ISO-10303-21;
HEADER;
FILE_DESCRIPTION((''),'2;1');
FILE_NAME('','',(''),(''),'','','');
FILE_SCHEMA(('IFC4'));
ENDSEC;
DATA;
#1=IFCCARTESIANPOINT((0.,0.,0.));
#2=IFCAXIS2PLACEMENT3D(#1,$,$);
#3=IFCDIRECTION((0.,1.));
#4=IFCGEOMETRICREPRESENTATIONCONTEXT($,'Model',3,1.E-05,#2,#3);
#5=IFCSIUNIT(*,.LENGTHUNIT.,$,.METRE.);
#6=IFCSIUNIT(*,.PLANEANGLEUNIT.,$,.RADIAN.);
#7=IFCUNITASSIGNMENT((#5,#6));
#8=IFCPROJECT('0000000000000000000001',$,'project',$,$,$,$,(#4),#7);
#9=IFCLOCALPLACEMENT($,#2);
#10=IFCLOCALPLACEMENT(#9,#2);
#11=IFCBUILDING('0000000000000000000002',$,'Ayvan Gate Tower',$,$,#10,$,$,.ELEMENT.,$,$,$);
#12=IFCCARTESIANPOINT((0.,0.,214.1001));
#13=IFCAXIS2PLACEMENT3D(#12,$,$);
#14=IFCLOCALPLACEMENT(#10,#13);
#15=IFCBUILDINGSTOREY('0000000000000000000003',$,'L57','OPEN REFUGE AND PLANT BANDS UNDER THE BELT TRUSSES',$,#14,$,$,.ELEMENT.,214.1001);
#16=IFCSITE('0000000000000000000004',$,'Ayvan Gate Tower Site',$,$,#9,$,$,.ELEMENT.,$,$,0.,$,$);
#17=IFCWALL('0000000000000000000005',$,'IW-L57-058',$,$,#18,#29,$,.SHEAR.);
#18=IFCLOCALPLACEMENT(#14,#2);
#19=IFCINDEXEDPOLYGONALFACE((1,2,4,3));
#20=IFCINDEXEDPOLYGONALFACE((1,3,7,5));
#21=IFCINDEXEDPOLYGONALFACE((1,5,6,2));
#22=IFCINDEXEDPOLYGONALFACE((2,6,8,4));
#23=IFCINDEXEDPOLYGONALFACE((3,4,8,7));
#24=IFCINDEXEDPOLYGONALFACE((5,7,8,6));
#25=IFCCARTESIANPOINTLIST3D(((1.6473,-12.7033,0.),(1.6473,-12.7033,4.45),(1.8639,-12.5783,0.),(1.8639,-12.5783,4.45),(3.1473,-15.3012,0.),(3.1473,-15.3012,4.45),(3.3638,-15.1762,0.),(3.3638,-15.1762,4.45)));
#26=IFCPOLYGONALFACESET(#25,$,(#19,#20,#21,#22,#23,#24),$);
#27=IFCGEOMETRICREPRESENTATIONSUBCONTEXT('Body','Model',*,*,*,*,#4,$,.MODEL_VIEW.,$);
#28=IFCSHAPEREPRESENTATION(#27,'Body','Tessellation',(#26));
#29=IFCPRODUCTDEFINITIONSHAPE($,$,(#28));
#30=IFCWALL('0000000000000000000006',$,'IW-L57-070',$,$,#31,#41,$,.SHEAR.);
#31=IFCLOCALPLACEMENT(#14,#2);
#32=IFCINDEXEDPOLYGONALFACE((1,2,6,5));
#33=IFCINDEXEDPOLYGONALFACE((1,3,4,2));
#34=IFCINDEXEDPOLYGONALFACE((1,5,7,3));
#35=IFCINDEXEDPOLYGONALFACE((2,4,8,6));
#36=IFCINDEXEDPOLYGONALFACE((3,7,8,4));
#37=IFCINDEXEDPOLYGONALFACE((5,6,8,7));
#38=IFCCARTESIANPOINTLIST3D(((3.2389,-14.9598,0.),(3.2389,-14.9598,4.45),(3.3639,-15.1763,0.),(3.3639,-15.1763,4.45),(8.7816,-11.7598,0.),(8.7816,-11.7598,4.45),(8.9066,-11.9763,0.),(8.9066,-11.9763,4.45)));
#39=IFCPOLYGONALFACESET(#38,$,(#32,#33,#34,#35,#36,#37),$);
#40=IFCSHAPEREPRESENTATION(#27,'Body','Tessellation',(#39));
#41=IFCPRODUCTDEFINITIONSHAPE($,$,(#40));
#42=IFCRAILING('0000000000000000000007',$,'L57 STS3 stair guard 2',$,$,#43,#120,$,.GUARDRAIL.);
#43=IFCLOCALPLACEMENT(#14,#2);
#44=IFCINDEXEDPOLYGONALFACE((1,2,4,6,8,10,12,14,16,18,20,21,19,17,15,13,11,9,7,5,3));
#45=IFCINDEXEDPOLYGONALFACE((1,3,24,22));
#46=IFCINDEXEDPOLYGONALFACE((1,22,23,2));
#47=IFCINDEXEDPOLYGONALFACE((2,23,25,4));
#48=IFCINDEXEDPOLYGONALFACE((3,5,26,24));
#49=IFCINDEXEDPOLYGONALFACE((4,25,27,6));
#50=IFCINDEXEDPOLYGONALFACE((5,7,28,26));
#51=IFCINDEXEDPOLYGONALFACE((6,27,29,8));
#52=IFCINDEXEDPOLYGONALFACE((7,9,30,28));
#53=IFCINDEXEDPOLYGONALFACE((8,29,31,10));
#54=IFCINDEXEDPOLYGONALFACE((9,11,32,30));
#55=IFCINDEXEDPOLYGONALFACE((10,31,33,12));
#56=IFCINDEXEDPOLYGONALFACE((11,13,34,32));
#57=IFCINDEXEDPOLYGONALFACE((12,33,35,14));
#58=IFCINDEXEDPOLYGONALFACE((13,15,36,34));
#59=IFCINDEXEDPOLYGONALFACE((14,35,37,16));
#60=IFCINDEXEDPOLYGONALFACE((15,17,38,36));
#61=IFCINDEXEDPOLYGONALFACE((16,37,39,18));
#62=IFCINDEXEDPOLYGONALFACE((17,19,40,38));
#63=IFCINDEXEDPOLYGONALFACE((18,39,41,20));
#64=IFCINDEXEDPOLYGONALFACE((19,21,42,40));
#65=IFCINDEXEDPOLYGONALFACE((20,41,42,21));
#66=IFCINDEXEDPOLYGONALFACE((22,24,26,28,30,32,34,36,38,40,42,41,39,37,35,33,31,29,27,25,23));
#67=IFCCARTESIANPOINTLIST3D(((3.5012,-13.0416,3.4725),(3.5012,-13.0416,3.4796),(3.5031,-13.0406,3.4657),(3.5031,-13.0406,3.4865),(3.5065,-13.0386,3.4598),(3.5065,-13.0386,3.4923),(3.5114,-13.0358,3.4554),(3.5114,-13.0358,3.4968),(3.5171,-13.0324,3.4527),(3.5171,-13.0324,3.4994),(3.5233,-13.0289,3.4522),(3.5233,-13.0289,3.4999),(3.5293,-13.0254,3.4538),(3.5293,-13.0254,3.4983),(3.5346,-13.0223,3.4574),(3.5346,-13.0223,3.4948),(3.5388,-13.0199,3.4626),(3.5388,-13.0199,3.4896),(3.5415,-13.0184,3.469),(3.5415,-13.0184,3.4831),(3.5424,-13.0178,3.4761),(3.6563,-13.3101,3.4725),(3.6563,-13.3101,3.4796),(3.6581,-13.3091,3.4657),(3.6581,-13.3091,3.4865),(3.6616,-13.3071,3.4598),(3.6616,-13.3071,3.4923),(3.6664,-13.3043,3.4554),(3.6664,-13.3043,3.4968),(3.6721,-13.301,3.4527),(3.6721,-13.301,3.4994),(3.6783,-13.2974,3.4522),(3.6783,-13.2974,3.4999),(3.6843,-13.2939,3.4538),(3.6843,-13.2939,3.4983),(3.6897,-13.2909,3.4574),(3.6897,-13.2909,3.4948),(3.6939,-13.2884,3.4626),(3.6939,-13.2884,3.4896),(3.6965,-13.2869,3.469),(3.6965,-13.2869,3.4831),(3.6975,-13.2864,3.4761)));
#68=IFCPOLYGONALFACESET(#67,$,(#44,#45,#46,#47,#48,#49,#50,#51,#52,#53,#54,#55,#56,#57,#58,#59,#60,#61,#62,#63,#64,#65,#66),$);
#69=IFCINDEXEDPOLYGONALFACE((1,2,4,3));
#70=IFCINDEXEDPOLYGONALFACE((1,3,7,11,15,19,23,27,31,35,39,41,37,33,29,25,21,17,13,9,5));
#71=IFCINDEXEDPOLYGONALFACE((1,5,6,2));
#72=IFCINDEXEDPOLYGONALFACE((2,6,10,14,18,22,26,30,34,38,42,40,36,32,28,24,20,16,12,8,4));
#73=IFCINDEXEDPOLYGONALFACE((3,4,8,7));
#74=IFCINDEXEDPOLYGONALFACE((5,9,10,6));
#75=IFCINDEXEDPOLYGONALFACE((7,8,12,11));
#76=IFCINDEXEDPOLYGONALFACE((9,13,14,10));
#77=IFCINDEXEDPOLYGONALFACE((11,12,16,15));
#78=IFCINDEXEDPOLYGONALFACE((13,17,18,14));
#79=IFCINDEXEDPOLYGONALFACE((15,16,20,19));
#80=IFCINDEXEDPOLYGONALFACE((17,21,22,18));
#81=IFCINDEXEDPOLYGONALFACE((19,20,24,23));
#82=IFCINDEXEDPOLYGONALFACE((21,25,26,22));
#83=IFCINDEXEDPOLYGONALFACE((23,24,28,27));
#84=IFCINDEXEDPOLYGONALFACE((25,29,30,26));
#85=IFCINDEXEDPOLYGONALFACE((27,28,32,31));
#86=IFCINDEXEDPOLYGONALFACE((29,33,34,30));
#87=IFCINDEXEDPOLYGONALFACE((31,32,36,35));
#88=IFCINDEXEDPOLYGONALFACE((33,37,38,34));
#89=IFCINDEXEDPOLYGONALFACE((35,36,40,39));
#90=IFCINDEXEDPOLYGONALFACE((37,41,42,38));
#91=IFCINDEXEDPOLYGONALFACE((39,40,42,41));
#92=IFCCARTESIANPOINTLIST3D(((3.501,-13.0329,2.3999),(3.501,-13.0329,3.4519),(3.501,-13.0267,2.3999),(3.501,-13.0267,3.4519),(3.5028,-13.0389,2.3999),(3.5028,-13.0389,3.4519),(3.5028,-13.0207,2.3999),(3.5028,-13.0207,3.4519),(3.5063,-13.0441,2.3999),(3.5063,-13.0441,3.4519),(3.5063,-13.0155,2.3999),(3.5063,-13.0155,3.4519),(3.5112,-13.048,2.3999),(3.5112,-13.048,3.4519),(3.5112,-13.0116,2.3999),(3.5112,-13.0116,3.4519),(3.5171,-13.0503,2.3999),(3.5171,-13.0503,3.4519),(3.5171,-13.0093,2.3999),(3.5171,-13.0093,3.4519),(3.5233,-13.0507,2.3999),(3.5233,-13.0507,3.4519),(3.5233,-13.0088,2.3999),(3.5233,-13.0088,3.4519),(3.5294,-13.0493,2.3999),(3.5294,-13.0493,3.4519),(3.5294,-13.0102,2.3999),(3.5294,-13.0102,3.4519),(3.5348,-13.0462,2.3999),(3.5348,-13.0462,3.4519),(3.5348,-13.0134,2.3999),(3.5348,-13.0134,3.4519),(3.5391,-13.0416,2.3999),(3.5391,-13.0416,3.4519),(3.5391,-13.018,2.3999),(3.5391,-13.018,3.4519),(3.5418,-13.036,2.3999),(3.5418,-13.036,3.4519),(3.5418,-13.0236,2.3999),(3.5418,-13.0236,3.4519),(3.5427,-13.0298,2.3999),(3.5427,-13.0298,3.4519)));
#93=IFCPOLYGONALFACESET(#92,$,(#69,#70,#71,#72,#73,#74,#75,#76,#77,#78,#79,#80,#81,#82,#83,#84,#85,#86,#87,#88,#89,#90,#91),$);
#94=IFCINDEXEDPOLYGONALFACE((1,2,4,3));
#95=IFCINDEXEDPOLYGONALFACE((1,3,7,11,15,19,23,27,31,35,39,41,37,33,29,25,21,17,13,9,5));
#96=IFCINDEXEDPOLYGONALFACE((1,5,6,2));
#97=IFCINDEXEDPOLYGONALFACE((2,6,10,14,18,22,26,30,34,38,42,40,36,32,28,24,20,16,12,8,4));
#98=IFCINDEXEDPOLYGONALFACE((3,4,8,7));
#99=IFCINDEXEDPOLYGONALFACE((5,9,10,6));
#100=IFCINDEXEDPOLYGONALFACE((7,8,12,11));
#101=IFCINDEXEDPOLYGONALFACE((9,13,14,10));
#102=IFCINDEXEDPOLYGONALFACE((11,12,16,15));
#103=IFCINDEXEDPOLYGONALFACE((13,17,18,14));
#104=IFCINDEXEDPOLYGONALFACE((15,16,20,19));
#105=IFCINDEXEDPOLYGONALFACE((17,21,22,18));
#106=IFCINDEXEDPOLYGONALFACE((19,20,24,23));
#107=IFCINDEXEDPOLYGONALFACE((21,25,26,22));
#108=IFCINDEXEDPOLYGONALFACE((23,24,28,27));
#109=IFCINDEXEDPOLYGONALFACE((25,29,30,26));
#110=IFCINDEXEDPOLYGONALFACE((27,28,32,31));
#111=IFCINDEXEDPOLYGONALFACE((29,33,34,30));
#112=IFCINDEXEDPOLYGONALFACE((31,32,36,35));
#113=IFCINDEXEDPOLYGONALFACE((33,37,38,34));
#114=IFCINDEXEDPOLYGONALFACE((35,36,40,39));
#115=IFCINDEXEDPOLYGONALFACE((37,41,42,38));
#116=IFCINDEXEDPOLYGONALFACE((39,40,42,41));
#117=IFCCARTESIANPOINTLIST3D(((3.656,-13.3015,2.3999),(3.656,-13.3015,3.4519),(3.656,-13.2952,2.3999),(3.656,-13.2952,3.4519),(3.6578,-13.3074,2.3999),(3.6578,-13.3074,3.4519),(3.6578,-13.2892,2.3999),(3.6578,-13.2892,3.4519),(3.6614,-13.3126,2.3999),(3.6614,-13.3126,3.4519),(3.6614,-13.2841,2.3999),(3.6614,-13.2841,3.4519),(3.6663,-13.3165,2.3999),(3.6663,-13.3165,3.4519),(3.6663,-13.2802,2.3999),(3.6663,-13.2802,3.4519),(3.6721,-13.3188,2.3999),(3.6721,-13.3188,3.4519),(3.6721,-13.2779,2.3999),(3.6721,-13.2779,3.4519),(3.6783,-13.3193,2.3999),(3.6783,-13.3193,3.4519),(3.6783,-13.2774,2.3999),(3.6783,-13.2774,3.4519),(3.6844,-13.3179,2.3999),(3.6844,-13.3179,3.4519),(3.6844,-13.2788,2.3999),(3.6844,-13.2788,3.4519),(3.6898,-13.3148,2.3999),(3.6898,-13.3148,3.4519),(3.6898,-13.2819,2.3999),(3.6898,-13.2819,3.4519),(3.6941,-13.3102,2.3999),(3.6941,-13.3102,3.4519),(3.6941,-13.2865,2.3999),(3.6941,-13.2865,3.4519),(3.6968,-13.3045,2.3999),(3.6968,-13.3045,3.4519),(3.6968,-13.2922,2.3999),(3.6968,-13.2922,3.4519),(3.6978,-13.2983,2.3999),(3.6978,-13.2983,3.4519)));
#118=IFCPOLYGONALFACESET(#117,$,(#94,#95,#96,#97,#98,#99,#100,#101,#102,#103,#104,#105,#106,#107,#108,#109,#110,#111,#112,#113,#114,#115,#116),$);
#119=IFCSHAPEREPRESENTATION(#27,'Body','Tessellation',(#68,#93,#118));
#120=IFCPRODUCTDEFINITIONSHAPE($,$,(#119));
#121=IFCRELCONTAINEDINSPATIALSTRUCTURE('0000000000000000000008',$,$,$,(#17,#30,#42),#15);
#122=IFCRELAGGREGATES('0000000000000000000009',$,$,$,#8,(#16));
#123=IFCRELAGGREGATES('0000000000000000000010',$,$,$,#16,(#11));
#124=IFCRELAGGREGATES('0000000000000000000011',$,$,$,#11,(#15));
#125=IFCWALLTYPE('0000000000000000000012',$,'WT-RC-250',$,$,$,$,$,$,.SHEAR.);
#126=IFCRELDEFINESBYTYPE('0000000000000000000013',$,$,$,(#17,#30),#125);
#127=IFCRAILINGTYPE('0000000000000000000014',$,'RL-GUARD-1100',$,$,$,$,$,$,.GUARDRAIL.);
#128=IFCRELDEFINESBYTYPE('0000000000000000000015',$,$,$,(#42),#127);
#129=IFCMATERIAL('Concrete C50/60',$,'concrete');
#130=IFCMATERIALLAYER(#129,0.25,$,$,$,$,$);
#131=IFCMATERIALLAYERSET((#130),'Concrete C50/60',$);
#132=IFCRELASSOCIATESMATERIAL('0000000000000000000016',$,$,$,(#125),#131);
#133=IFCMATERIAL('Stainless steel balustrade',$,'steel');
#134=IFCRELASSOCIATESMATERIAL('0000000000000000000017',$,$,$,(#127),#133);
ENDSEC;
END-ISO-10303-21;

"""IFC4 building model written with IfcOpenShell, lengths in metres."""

from ifc_helpers import new_model, si_unit, direction, frame, frame_2d, origin, origin_2d, place, context, subcontext, project, spatial, rectangle, circle, extrude, material, layer, layer_set, type_object, element, save


model = new_model("IFC4")

# Units and contexts
model_context = context("Model", 3, precision=1e-05, world=origin(), true_north=direction((0.0, 1.0)))
body_context = subcontext(model_context, "Body", "Model", "MODEL_VIEW")
ifc_project = project(units=[si_unit("LENGTHUNIT", "METRE"), si_unit("PLANEANGLEUNIT", "RADIAN")], contexts=[model_context])

# Site, building, storey
site_placement = place(None, origin())
site = spatial("IfcSite", under=ifc_project, at=site_placement, Name="Ayvan Gate Tower Site", CompositionType="ELEMENT", RefElevation=0.0)
building_placement = place(site_placement, origin())
building = spatial("IfcBuilding", under=site, at=building_placement, Name="Ayvan Gate Tower", CompositionType="ELEMENT")
storey_placement = place(building_placement, frame((0.0, 0.0, 214.1001)))
storey = spatial("IfcBuildingStorey", under=building, at=storey_placement, Name="L57", Description="OPEN REFUGE AND PLANT BANDS UNDER THE BELT TRUSSES", CompositionType="ELEMENT", Elevation=214.1001)

# Shared definitions
ifc_material_1 = material(Name="Concrete C50/60", Category="concrete")
ifc_layer_1 = layer(ifc_material_1, 0.25)
ifc_layer_set_1 = layer_set([ifc_layer_1], Name="Concrete C50/60")
wall_type_1 = type_object("IfcWallType", Name="WT-RC-250", PredefinedType="SHEAR", material=ifc_layer_set_1)

# Walls
wall_1_placement = place(storey_placement, frame((3.2556, -15.2388, 0.0), z_axis=(0.0, 0.0, 1.0), x_axis=(-0.500025, 0.866011, 0.0)))
element("IfcWall", 1, at=wall_1_placement, inside=storey, type_object=wall_type_1, Name="IW-L57-058", PredefinedType="SHEAR", context=body_context, shape_type="SweptSolid", body=[
    extrude(rectangle(XDim=2.9998, YDim=0.25, at=frame_2d((1.5, 0.0))), origin(), (0.0, 0.0, 1.0), 4.45),
])
wall_2_placement = place(storey_placement, frame((3.3013, -15.0681, 0.0), z_axis=(0.0, 0.0, 1.0), x_axis=(0.866035, 0.499983, 0.0)))
element("IfcWall", 2, at=wall_2_placement, inside=storey, type_object=wall_type_1, Name="IW-L57-070", PredefinedType="SHEAR", context=body_context, shape_type="SweptSolid", body=[
    extrude(rectangle(XDim=6.4001, YDim=0.25, at=frame_2d((3.2002, 0.0))), origin(), (0.0, 0.0, 1.0), 4.45),
])

# Railing
ifc_material_2 = material(Name="Stainless steel balustrade", Category="steel")
railing_type_1 = type_object("IfcRailingType", Name="RL-GUARD-1100", PredefinedType="GUARDRAIL", material=ifc_material_2)
railing_1_placement = place(storey_placement, frame((3.5217, -13.0298, 2.3999)))
element("IfcRailing", 3, at=railing_1_placement, inside=storey, type_object=railing_type_1, Name="L57 STS3 stair guard 2", PredefinedType="GUARDRAIL", context=body_context, shape_type="SweptSolid", body=[
    extrude(circle(Radius=0.0239, at=origin_2d()), frame((0.0, 0.0, 1.0762), z_axis=(0.49995, -0.866054, 0.0), x_axis=(0.866054, 0.49995, 0.0)), (0.0, 0.0, 1.0), 0.3101),
    extrude(circle(Radius=0.021, at=origin_2d()), origin(), (0.0, 0.0, 1.0), 1.052),
    extrude(circle(Radius=0.021, at=origin_2d()), frame((0.155, -0.2686, 0.0)), (0.0, 0.0, 1.0), 1.052),
])

save(model, "model.ifc")
